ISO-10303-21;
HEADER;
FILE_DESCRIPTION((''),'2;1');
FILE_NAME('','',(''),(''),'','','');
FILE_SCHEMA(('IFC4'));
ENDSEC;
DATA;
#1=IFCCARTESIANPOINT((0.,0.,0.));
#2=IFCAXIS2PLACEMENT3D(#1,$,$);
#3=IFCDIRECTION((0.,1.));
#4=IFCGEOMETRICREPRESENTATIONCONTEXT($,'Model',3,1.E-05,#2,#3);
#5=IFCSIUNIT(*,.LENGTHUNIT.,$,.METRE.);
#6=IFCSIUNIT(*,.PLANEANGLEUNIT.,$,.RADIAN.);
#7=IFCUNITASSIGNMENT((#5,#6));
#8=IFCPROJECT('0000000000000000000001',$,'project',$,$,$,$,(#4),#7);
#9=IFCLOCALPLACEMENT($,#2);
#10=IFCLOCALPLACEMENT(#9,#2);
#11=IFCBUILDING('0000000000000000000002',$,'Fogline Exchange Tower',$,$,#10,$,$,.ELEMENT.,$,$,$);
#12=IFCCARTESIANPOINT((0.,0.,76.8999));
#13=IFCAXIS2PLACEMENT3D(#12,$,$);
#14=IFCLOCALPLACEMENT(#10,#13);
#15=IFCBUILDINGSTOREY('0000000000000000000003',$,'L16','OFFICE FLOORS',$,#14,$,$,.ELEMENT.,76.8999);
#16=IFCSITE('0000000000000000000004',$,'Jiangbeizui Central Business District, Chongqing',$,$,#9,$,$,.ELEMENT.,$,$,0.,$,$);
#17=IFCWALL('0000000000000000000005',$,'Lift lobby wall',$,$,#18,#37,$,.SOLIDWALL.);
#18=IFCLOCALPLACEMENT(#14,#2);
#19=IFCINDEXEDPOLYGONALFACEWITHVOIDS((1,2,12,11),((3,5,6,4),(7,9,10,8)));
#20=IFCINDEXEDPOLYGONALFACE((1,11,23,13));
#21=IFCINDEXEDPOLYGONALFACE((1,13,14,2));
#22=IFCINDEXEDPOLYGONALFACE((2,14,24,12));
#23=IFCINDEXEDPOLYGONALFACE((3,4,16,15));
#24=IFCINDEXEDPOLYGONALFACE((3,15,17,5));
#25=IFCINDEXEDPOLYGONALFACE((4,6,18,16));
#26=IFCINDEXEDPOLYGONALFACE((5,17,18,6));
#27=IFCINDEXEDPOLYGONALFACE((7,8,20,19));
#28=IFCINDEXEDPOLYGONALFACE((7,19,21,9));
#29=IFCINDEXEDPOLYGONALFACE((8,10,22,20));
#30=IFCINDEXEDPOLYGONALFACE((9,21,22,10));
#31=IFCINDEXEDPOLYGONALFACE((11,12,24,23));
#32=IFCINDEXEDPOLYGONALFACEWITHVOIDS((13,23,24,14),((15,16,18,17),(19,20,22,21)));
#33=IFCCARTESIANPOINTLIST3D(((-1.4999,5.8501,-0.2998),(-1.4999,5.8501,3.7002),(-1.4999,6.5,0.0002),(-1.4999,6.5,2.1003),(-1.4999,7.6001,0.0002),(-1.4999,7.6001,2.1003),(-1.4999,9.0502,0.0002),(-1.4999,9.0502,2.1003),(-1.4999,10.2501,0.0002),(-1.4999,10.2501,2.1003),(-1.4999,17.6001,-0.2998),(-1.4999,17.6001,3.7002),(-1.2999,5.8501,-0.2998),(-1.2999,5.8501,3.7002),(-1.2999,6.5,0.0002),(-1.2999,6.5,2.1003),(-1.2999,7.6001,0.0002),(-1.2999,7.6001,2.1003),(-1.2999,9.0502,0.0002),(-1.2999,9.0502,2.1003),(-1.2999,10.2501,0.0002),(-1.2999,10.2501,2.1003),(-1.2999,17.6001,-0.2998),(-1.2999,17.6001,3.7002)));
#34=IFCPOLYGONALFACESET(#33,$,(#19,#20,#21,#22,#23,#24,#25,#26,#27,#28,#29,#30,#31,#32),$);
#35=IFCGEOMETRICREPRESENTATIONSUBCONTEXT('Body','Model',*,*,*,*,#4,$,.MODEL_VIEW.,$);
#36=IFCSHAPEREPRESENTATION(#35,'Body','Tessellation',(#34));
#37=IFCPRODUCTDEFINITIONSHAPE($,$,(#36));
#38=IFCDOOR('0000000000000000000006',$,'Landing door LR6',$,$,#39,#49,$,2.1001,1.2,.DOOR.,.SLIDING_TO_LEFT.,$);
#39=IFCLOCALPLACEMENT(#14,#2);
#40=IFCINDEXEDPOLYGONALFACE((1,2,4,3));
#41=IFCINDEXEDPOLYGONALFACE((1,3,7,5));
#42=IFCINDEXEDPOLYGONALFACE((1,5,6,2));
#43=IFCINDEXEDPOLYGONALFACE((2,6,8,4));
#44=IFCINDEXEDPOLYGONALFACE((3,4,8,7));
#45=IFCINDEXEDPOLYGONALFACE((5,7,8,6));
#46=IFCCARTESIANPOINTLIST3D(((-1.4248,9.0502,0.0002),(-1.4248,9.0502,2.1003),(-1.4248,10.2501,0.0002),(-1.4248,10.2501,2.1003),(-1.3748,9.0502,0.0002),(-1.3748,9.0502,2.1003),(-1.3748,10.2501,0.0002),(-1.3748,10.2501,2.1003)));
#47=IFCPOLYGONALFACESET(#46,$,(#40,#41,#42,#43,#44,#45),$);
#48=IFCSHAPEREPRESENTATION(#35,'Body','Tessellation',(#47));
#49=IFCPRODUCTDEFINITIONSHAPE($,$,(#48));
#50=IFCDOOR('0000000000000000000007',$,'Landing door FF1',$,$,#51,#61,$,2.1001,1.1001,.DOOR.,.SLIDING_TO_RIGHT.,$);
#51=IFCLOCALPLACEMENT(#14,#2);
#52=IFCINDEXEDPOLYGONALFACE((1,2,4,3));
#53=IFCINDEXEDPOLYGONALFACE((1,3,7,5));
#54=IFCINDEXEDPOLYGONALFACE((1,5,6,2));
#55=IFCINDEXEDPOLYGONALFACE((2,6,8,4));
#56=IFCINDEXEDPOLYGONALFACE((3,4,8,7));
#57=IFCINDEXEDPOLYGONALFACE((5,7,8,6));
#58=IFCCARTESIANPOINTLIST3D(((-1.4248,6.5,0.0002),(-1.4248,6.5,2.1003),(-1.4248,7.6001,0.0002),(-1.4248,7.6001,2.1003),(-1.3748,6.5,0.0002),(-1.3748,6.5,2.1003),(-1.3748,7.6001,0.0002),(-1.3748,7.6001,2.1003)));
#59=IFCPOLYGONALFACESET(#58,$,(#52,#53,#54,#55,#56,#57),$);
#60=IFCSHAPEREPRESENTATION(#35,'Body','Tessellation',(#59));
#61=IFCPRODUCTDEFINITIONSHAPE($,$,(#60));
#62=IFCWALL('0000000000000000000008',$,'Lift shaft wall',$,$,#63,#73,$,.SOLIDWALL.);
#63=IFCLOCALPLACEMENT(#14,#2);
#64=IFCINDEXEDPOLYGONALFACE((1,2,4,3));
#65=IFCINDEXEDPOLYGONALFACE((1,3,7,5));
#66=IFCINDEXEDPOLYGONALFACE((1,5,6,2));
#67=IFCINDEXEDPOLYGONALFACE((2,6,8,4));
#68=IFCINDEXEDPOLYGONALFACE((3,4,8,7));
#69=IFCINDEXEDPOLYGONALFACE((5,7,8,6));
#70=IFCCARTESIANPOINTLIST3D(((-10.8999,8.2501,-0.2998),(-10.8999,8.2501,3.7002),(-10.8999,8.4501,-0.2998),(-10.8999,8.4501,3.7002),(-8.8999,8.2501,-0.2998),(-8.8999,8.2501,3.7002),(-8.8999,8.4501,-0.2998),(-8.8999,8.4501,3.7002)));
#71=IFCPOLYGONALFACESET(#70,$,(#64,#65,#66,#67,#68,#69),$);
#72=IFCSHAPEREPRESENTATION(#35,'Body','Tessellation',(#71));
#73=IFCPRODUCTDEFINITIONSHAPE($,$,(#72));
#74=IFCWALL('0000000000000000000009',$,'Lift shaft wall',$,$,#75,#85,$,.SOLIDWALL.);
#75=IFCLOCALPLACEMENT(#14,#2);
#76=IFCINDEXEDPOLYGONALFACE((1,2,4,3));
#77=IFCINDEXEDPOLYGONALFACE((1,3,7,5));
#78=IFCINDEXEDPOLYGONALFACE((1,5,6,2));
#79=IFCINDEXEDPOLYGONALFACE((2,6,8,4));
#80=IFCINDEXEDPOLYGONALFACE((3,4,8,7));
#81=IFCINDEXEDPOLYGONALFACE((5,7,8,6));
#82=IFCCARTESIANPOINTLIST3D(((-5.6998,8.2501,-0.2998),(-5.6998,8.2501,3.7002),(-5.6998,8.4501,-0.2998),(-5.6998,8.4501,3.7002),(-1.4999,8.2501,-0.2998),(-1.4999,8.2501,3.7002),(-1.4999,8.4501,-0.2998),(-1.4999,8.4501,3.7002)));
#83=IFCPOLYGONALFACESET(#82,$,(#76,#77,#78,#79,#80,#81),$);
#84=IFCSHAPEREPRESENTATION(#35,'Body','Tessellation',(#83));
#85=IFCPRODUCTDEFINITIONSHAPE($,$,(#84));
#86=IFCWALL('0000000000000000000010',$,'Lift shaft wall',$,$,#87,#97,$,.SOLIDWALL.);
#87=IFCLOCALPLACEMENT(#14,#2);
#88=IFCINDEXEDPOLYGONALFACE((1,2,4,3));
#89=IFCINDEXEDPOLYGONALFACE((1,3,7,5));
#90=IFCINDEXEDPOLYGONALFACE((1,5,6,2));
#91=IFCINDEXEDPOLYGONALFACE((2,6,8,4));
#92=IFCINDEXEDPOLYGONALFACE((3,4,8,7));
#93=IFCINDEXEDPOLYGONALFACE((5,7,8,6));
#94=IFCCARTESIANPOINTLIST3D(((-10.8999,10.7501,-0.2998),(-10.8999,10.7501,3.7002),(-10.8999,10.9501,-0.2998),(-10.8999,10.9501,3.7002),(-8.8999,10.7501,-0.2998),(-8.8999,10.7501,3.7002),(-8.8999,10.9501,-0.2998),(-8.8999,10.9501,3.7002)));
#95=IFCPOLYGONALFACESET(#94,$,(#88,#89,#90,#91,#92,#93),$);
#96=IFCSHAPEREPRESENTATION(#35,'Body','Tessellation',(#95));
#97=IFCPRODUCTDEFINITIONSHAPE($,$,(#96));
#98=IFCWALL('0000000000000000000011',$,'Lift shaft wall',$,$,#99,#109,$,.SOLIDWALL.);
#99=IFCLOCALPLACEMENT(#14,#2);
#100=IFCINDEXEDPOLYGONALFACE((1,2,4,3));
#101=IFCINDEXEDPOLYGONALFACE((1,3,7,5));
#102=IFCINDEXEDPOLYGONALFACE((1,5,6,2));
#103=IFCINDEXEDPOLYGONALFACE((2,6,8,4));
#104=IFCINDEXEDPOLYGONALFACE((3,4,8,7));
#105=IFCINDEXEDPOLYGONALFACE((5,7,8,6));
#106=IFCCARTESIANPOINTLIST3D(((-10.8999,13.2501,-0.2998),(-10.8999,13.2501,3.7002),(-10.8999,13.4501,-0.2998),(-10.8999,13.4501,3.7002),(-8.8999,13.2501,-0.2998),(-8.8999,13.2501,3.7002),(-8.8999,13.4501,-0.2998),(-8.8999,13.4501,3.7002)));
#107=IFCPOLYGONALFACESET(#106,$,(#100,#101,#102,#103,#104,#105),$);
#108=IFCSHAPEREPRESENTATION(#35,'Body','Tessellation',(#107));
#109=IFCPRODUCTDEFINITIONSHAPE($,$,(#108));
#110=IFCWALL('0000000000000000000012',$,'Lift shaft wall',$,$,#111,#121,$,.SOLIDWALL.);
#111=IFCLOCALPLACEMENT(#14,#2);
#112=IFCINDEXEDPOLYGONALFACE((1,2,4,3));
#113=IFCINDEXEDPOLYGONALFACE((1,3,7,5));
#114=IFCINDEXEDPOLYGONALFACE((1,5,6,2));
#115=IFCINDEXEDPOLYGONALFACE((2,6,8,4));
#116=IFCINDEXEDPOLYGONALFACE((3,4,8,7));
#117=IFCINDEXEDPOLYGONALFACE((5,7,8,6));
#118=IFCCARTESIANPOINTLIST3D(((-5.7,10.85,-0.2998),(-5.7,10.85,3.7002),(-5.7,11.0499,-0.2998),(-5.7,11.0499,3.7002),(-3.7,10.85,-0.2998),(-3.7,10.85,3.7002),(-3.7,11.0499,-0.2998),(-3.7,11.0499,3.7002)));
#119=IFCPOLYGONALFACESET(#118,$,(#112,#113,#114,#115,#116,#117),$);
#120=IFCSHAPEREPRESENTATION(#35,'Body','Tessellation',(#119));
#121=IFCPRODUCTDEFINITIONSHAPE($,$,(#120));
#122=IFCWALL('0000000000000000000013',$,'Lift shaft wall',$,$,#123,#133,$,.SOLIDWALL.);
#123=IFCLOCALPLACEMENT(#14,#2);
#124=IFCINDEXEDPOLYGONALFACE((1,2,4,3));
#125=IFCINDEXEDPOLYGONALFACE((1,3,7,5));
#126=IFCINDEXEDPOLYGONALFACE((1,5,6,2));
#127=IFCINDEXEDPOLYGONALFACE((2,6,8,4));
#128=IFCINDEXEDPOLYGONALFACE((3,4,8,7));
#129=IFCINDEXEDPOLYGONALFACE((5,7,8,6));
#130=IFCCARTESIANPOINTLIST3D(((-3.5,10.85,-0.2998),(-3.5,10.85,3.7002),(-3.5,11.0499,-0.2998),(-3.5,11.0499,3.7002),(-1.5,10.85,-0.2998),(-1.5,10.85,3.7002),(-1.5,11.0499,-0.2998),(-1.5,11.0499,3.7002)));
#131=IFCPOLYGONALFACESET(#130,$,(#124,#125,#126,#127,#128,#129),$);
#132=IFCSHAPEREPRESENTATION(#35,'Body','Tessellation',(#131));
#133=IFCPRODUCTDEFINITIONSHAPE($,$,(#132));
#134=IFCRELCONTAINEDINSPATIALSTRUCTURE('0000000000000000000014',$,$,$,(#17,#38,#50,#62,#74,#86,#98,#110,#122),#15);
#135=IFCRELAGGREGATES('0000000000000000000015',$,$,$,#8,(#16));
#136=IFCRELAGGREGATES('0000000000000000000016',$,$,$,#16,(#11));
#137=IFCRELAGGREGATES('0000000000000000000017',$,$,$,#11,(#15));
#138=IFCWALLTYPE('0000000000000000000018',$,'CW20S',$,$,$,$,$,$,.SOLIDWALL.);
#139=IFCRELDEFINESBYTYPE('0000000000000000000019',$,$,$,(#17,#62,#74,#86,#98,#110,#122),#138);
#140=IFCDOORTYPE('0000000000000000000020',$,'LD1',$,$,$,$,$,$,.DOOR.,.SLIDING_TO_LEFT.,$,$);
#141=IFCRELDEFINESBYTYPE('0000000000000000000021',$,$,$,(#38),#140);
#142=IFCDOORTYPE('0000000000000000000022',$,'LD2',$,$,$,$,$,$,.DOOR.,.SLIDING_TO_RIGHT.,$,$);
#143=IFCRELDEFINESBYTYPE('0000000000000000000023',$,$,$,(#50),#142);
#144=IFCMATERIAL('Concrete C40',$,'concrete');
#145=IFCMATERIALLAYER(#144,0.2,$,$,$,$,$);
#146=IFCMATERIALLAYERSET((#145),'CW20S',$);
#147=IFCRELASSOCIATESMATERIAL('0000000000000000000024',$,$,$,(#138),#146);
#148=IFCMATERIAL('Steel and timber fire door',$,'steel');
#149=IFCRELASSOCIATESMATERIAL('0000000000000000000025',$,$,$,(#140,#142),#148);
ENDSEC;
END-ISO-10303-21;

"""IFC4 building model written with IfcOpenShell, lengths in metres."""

from ifc_helpers import new_model, si_unit, direction, frame, frame_2d, origin, place, context, subcontext, project, spatial, rectangle, extrude, material, layer, layer_set, type_object, element, fill, save


model = new_model("IFC4")

# Units and contexts
model_context = context("Model", 3, precision=1e-05, world=origin(), true_north=direction((0.0, 1.0)))
body_context = subcontext(model_context, "Body", "Model", "MODEL_VIEW")
ifc_project = project(units=[si_unit("LENGTHUNIT", "METRE"), si_unit("PLANEANGLEUNIT", "RADIAN")], contexts=[model_context])

# Site, building, storey
site_placement = place(None, origin())
site = spatial("IfcSite", under=ifc_project, at=site_placement, Name="Jiangbeizui Central Business District, Chongqing", CompositionType="ELEMENT", RefElevation=0.0)
building_placement = place(site_placement, origin())
building = spatial("IfcBuilding", under=site, at=building_placement, Name="Fogline Exchange Tower", CompositionType="ELEMENT")
storey_placement = place(building_placement, frame((0.0, 0.0, 76.8999)))
storey = spatial("IfcBuildingStorey", under=building, at=storey_placement, Name="L16", Description="OFFICE FLOORS", CompositionType="ELEMENT", Elevation=76.8999)

# Shared definitions
ifc_material_1 = material(Name="Steel and timber fire door", Category="steel")

# Shared definitions
ifc_material_2 = material(Name="Concrete C40", Category="concrete")

# Shared definitions
ifc_layer_1 = layer(ifc_material_2, 0.2)
ifc_layer_set_1 = layer_set([ifc_layer_1], Name="CW20S")
wall_type_1 = type_object("IfcWallType", Name="CW20S", PredefinedType="SOLIDWALL", material=ifc_layer_set_1)
door_type_1 = type_object("IfcDoorType", Name="LD1", OperationType="SLIDING_TO_LEFT", PredefinedType="DOOR", material=ifc_material_1)

# Wall, openings, doors
wall_1_placement = place(storey_placement, frame((-1.3999, 5.8501, -0.2998), z_axis=(0.0, 0.0, 1.0), x_axis=(0.0, 1.0, 0.0)))
wall_1 = element("IfcWall", 1, at=wall_1_placement, inside=storey, type_object=wall_type_1, Name="Lift lobby wall", PredefinedType="SOLIDWALL", context=body_context, shape_type="SweptSolid", body=[
    extrude(rectangle(XDim=11.75, YDim=0.2, at=frame_2d((5.875, 0.0))), origin(), (0.0, 0.0, 1.0), 4.0),
])
opening_1_placement = place(wall_1_placement, frame((3.2, 0.0, 0.3)))
opening_1 = element("IfcOpeningElement", 2, at=opening_1_placement, cuts=wall_1, PredefinedType="OPENING", context=body_context, shape_type="SweptSolid", body=[
    extrude(rectangle(XDim=1.2, YDim=2.1001, at=frame_2d((0.6001, 1.05))), frame((0.0, 0.1099, 0.0), z_axis=(0.0, -1.0, 0.0), x_axis=(1.0, 0.0, 0.0)), (0.0, 0.0, 1.0), 0.22),
])
opening_2_placement = place(wall_1_placement, frame((0.6499, 0.0, 0.3)))
opening_2 = element("IfcOpeningElement", 3, at=opening_2_placement, cuts=wall_1, PredefinedType="OPENING", context=body_context, shape_type="SweptSolid", body=[
    extrude(rectangle(XDim=1.1001, YDim=2.1001, at=frame_2d((0.55, 1.05))), frame((0.0, 0.1099, 0.0), z_axis=(0.0, -1.0, 0.0), x_axis=(1.0, 0.0, 0.0)), (0.0, 0.0, 1.0), 0.22),
])
door_1_placement = place(opening_1_placement, origin())
door_1 = element("IfcDoor", 4, at=door_1_placement, inside=storey, type_object=door_type_1, Name="Landing door LR6", OperationType="SLIDING_TO_LEFT", OverallHeight=2.1001, OverallWidth=1.2, PredefinedType="DOOR", context=body_context, shape_type="SweptSolid", body=[
    extrude(rectangle(XDim=1.2, YDim=2.1001, at=frame_2d((0.6001, 1.05))), frame((0.0, 0.0249, 0.0), z_axis=(0.0, -1.0, 0.0), x_axis=(1.0, 0.0, 0.0)), (0.0, 0.0, 1.0), 0.05),
])
fill(opening_1, door_1)
door_type_2 = type_object("IfcDoorType", Name="LD2", OperationType="SLIDING_TO_RIGHT", PredefinedType="DOOR", material=ifc_material_1)
door_2_placement = place(opening_2_placement, origin())
door_2 = element("IfcDoor", 5, at=door_2_placement, inside=storey, type_object=door_type_2, Name="Landing door FF1", OperationType="SLIDING_TO_RIGHT", OverallHeight=2.1001, OverallWidth=1.1001, PredefinedType="DOOR", context=body_context, shape_type="SweptSolid", body=[
    extrude(rectangle(XDim=1.1001, YDim=2.1001, at=frame_2d((0.55, 1.05))), frame((0.0, 0.0249, 0.0), z_axis=(0.0, -1.0, 0.0), x_axis=(1.0, 0.0, 0.0)), (0.0, 0.0, 1.0), 0.05),
])
fill(opening_2, door_2)

# Walls
wall_2_placement = place(storey_placement, frame((-10.8999, 8.3501, -0.2998), z_axis=(0.0, 0.0, 1.0), x_axis=(1.0, 0.0, 0.0)))
element("IfcWall", 6, at=wall_2_placement, inside=storey, type_object=wall_type_1, Name="Lift shaft wall", PredefinedType="SOLIDWALL", context=body_context, shape_type="SweptSolid", body=[
    extrude(rectangle(XDim=2.0, YDim=0.2, at=frame_2d((1.0, 0.0))), origin(), (0.0, 0.0, 1.0), 4.0),
])
wall_3_placement = place(storey_placement, frame((-5.7, 8.3501, -0.2998), z_axis=(0.0, 0.0, 1.0), x_axis=(1.0, 0.0, 0.0)))
element("IfcWall", 7, at=wall_3_placement, inside=storey, type_object=wall_type_1, Name="Lift shaft wall", PredefinedType="SOLIDWALL", context=body_context, shape_type="SweptSolid", body=[
    extrude(rectangle(XDim=4.2, YDim=0.2, at=frame_2d((2.1001, 0.0))), origin(), (0.0, 0.0, 1.0), 4.0),
])
for number, where, z_axis, x_axis, name in (
    (8, (-10.8999, 10.8501, -0.2998), (0.0, 0.0, 1.0), (1.0, 0.0, 0.0), "Lift shaft wall"),
    (9, (-10.8999, 13.3501, -0.2998), (0.0, 0.0, 1.0), (1.0, 0.0, 0.0), "Lift shaft wall"),
    (10, (-5.7, 10.95, -0.2998), (0.0, 0.0, 1.0), (1.0, 0.0, 0.0), "Lift shaft wall"),
    (11, (-3.5, 10.95, -0.2998), (0.0, 0.0, 1.0), (1.0, 0.0, 0.0), "Lift shaft wall"),
):
    element("IfcWall", number, at=place(storey_placement, frame(where, z_axis=z_axis, x_axis=x_axis)), inside=storey, type_object=wall_type_1, Name=name, PredefinedType="SOLIDWALL", context=body_context, shape_type="SweptSolid", body=[
        extrude(rectangle(XDim=2.0, YDim=0.2, at=frame_2d((1.0, 0.0))), origin(), (0.0, 0.0, 1.0), 4.0),
    ])

save(model, "model.ifc")
